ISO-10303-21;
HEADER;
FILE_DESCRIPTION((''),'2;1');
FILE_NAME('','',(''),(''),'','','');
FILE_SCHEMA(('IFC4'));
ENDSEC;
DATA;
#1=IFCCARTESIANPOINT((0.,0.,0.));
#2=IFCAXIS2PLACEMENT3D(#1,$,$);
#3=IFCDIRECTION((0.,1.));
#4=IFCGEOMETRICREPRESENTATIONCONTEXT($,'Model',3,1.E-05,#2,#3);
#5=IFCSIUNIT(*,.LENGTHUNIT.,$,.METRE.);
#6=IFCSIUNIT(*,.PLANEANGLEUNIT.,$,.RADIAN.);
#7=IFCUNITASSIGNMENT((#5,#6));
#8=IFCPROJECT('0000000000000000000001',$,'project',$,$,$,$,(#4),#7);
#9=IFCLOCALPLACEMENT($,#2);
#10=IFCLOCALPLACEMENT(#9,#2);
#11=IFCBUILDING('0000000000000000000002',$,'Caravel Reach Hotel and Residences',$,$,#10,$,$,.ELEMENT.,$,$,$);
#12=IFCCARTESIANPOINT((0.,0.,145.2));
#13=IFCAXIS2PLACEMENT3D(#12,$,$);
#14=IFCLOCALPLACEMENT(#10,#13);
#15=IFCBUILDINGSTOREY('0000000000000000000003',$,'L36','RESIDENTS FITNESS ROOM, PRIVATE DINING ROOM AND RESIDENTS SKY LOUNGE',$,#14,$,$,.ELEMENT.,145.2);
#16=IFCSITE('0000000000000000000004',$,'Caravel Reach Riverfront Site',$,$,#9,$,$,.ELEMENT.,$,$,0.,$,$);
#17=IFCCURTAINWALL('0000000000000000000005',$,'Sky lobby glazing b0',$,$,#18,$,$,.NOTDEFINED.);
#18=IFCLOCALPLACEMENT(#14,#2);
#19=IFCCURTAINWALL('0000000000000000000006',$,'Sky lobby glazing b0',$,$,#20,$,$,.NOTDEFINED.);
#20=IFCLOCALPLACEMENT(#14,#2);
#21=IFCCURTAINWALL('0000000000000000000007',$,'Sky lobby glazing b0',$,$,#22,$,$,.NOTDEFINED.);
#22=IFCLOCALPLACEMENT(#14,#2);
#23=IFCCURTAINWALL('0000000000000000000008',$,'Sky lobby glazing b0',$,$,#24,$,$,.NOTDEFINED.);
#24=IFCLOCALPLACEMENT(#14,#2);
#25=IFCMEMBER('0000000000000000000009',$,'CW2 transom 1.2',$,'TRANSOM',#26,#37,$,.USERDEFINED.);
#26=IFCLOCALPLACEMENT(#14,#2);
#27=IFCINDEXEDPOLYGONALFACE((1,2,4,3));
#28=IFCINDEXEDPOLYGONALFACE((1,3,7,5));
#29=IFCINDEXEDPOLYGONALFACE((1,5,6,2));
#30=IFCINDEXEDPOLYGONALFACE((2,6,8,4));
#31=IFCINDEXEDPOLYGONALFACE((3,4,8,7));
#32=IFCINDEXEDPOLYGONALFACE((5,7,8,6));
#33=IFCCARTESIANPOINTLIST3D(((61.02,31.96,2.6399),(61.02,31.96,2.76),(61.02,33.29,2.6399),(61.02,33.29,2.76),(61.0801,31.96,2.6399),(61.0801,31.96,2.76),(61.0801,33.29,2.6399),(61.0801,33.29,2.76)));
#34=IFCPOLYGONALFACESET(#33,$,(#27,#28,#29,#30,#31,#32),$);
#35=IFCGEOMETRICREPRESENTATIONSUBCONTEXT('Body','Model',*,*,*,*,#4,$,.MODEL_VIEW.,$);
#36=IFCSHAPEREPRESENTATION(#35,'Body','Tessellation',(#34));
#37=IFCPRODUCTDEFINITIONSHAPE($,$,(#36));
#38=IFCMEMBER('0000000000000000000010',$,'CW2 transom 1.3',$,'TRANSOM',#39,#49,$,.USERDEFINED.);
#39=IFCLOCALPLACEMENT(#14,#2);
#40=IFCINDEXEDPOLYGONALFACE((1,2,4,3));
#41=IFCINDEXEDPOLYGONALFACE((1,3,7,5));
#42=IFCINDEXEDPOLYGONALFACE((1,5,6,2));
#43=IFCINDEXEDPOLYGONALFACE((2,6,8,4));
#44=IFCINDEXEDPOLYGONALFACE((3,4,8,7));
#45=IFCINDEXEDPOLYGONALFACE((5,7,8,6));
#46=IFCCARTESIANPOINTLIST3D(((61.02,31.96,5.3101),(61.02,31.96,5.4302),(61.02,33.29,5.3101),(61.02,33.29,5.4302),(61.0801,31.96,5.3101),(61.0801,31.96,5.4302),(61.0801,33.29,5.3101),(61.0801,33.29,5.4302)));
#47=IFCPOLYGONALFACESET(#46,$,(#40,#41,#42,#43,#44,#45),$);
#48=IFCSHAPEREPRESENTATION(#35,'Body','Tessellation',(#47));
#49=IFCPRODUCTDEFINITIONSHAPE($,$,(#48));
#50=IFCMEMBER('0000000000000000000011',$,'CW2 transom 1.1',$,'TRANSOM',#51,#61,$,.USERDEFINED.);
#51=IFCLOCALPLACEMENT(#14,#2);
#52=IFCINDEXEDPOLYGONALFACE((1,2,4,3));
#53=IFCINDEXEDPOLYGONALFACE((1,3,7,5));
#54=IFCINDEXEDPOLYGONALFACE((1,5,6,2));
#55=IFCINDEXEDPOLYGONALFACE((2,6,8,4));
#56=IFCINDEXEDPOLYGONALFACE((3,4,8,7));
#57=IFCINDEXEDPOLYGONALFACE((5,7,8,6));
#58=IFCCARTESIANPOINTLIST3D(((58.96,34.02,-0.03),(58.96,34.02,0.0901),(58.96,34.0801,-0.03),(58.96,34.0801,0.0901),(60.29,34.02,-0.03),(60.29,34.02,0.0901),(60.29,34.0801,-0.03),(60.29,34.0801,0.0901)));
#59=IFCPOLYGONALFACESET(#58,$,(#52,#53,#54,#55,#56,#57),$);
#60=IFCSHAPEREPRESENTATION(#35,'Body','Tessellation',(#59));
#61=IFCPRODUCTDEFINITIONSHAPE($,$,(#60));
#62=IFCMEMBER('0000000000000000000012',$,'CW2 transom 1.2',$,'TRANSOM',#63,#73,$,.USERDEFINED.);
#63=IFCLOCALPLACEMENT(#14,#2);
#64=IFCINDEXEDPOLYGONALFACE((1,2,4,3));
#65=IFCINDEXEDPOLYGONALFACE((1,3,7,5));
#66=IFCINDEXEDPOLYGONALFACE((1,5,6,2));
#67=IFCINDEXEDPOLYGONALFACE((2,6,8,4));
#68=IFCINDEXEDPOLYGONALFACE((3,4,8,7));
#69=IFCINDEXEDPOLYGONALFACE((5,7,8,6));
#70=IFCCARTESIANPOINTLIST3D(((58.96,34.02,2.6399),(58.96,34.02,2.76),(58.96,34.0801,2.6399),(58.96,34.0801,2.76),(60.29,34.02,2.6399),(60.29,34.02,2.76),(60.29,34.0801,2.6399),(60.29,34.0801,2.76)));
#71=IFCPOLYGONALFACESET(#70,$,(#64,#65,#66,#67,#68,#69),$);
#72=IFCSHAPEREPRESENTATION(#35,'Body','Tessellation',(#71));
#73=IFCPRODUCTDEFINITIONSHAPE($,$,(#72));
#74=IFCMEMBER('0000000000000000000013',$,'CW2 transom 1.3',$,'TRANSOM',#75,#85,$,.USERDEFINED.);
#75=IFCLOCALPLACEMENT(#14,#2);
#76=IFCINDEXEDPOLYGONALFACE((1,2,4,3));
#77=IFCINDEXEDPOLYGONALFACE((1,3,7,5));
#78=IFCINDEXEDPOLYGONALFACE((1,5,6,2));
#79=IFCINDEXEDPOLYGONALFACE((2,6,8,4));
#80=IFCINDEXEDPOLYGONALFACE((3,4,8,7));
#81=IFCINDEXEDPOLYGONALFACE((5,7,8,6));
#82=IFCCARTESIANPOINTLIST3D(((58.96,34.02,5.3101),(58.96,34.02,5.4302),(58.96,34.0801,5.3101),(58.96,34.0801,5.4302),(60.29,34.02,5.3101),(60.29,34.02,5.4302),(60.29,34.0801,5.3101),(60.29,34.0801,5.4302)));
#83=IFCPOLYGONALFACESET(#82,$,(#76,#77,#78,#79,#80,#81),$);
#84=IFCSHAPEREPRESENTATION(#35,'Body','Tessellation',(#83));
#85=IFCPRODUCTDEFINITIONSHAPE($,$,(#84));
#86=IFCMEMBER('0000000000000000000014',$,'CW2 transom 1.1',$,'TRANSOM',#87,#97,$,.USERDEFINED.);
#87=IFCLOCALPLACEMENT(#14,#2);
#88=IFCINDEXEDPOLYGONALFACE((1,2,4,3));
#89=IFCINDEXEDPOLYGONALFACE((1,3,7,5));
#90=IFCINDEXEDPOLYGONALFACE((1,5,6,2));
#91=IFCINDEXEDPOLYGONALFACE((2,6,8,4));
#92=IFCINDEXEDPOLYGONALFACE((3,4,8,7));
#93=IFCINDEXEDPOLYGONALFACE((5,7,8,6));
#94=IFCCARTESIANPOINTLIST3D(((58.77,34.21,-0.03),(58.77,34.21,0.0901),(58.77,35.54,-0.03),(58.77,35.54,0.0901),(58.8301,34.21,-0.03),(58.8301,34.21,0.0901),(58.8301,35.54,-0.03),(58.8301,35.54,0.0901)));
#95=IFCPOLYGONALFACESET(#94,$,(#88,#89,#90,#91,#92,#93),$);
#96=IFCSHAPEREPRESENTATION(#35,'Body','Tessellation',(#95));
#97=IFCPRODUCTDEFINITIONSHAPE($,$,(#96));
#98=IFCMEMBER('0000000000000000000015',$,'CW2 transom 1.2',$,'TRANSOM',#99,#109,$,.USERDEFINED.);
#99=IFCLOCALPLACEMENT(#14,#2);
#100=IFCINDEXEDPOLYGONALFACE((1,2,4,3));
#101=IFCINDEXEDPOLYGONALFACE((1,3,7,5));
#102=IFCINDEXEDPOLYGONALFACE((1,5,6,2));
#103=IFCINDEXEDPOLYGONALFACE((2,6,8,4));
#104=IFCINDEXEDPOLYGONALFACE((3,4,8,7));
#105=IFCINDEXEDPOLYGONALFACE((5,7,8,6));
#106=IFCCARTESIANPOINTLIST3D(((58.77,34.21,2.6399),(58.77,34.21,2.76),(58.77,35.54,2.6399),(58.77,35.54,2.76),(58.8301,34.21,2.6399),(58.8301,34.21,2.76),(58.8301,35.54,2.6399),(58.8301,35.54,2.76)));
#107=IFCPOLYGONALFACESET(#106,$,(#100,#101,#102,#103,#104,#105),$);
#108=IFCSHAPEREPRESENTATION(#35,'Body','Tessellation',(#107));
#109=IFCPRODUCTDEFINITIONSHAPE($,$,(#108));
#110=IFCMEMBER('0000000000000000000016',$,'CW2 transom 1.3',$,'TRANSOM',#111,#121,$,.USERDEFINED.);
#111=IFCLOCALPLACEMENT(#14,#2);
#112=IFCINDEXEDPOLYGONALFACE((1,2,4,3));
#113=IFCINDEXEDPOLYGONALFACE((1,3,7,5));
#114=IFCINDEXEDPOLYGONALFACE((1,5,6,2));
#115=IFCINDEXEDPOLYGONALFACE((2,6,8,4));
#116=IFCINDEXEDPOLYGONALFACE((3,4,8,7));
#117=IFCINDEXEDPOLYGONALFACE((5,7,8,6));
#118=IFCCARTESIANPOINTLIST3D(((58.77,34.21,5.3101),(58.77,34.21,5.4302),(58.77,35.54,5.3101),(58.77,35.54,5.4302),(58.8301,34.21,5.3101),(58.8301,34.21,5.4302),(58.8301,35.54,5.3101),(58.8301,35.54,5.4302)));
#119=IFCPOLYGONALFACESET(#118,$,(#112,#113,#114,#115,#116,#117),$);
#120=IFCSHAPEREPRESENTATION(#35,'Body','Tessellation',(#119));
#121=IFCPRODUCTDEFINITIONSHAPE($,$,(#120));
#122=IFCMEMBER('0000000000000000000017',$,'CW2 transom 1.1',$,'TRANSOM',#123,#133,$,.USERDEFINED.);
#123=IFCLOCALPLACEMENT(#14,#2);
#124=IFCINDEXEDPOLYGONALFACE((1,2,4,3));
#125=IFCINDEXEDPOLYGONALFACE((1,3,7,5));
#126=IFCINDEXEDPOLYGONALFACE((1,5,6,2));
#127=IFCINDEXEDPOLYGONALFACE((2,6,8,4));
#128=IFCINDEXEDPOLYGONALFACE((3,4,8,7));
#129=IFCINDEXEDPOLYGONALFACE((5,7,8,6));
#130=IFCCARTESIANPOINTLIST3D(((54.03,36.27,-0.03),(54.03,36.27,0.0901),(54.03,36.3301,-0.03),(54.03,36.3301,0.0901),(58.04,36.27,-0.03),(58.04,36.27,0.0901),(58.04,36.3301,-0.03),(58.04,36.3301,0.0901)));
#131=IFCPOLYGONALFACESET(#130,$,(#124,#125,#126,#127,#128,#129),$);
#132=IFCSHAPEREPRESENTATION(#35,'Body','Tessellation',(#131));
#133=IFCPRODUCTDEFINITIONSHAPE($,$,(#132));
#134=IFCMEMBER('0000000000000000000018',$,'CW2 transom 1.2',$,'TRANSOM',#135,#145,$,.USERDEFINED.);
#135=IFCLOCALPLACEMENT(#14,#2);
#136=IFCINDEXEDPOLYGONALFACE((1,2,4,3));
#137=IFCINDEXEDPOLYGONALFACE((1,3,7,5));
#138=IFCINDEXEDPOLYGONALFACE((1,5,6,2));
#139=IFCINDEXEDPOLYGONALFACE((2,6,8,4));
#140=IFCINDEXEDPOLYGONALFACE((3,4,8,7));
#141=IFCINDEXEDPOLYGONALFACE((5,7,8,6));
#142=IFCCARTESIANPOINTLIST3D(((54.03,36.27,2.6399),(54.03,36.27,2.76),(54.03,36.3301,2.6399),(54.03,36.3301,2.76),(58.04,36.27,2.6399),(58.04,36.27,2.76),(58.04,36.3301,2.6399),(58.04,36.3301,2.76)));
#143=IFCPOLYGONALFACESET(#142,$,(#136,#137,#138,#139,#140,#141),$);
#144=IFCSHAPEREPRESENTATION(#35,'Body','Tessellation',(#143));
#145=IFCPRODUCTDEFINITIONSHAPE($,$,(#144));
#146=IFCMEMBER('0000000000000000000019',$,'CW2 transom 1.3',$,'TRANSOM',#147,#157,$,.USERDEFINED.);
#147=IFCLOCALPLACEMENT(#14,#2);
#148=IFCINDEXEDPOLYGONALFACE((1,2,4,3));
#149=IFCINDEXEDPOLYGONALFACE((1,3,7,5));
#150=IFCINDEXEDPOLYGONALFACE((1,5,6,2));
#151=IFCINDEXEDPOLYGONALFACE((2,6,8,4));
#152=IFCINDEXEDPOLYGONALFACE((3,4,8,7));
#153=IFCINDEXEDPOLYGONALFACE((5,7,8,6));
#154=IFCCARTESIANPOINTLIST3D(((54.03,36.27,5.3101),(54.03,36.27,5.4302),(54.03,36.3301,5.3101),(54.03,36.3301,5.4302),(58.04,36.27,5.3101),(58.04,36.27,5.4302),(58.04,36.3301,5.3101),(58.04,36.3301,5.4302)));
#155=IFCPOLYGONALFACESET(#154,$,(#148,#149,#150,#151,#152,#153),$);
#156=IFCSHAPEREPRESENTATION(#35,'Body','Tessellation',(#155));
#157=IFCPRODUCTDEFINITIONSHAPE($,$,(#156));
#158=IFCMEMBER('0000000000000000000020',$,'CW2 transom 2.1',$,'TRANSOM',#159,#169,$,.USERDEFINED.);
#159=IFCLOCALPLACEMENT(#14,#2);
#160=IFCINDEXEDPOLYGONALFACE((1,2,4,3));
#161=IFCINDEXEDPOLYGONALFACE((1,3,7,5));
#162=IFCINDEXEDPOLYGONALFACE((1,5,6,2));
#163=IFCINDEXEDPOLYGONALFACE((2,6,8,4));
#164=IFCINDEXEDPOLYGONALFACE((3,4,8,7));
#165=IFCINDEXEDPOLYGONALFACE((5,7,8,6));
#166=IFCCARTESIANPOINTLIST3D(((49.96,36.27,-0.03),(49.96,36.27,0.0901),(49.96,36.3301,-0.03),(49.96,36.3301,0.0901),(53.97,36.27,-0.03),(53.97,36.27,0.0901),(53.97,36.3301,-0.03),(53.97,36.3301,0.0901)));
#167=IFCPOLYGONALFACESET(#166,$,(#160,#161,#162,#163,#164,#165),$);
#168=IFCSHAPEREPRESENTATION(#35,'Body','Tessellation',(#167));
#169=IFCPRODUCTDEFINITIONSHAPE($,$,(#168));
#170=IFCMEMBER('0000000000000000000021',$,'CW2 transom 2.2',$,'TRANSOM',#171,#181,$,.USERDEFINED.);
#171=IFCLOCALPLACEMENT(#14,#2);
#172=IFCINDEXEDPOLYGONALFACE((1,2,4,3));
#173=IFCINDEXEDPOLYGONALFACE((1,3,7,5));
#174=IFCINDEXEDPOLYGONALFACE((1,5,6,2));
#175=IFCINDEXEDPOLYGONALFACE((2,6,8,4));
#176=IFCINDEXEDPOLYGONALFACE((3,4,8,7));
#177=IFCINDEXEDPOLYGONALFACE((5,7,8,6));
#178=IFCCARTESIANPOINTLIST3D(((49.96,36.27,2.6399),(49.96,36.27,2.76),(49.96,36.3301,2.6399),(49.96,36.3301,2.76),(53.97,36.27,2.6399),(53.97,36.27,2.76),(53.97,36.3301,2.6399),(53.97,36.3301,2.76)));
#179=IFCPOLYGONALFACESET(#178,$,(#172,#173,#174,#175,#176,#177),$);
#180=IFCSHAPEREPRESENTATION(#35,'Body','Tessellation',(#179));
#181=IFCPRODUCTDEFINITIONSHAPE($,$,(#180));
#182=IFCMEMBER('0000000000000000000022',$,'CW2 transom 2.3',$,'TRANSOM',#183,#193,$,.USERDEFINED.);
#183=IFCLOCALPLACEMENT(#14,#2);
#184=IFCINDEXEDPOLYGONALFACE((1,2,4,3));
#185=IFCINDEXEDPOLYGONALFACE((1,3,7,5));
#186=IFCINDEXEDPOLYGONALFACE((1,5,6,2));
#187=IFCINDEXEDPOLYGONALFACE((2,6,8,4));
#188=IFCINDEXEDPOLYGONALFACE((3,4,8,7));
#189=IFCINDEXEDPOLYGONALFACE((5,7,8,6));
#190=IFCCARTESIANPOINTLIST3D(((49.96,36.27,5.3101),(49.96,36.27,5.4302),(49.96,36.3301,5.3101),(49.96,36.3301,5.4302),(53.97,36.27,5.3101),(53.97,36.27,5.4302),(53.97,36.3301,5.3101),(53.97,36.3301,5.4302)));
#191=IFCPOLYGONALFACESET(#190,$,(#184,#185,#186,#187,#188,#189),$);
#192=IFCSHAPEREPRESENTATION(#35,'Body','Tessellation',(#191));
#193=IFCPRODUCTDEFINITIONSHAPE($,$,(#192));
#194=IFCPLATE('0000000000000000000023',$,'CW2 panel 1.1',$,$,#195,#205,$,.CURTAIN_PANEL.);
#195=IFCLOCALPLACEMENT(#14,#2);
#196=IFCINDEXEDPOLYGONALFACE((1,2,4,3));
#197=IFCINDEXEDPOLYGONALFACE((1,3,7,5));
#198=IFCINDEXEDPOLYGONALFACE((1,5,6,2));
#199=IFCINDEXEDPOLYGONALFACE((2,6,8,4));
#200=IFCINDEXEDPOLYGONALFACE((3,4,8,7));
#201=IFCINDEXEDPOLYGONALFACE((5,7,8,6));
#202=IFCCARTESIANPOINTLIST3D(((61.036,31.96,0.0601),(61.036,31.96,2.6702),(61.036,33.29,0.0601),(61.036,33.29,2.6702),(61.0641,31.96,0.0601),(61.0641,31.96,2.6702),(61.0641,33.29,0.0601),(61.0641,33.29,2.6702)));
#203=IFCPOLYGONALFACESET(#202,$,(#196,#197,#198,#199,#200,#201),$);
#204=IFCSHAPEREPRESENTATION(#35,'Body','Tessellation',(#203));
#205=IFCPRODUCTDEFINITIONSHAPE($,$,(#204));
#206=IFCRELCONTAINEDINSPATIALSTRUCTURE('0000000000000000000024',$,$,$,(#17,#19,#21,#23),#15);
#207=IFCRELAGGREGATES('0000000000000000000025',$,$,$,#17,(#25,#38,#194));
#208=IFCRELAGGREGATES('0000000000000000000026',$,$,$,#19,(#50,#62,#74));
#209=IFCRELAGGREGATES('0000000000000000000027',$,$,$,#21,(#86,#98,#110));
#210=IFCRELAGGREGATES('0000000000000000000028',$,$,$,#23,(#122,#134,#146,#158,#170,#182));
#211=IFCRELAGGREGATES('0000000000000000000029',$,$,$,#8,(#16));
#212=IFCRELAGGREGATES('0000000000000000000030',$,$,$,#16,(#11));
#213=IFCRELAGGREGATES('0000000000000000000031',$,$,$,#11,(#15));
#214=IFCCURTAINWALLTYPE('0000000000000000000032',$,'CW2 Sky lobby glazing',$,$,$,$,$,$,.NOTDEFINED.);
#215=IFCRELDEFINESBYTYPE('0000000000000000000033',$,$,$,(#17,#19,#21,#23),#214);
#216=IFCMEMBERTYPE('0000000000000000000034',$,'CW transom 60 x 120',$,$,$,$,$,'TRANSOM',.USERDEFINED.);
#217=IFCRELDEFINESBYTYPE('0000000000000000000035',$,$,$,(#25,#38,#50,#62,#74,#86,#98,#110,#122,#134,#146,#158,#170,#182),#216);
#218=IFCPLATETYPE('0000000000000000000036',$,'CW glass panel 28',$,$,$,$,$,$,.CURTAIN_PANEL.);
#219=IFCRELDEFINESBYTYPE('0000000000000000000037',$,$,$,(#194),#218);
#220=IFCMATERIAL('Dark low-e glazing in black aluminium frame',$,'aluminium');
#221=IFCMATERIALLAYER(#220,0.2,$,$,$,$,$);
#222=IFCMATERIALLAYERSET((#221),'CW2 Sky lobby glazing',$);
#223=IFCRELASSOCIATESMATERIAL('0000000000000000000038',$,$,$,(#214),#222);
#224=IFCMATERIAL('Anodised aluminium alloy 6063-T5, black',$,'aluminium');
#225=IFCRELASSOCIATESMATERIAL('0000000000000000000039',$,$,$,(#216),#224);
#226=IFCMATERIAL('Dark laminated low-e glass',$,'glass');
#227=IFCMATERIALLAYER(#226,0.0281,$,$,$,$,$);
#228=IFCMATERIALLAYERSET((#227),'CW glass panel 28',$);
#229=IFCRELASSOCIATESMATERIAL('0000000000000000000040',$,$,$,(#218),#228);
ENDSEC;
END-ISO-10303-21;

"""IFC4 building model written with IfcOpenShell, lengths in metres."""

from ifc_helpers import new_model, si_unit, direction, frame, origin, origin_2d, place, context, subcontext, project, spatial, rectangle, extrude, material, layer, layer_set, material_profile, profile_set, type_object, element, aggregate, save


model = new_model("IFC4")

# Units and contexts
model_context = context("Model", 3, precision=1e-05, world=origin(), true_north=direction((0.0, 1.0)))
body_context = subcontext(model_context, "Body", "Model", "MODEL_VIEW")
ifc_project = project(units=[si_unit("LENGTHUNIT", "METRE"), si_unit("PLANEANGLEUNIT", "RADIAN")], contexts=[model_context])

# Site, building, storey
site_placement = place(None, origin())
site = spatial("IfcSite", under=ifc_project, at=site_placement, Name="Caravel Reach Riverfront Site", CompositionType="ELEMENT", RefElevation=0.0)
building_placement = place(site_placement, origin())
building = spatial("IfcBuilding", under=site, at=building_placement, Name="Caravel Reach Hotel and Residences", CompositionType="ELEMENT")
storey_placement = place(building_placement, frame((0.0, 0.0, 145.2)))
storey = spatial("IfcBuildingStorey", under=building, at=storey_placement, Name="L36", Description="RESIDENTS FITNESS ROOM, PRIVATE DINING ROOM AND RESIDENTS SKY LOUNGE", CompositionType="ELEMENT", Elevation=145.2)

# Shared definitions
ifc_material_1 = material(Name="Dark low-e glazing in black aluminium frame", Category="aluminium")
ifc_layer_1 = layer(ifc_material_1, 0.2)
ifc_layer_set_1 = layer_set([ifc_layer_1], Name="CW2 Sky lobby glazing")
curtain_wall_type = type_object("IfcCurtainWallType", Name="CW2 Sky lobby glazing", PredefinedType="NOTDEFINED", material=ifc_layer_set_1)

# Curtain walls
curtain_wall_1_placement = place(storey_placement, origin())
curtain_wall_1 = element("IfcCurtainWall", 1, at=curtain_wall_1_placement, inside=storey, type_object=curtain_wall_type, Name="Sky lobby glazing b0", PredefinedType="NOTDEFINED")
curtain_wall_2_placement = place(storey_placement, origin())
curtain_wall_2 = element("IfcCurtainWall", 2, at=curtain_wall_2_placement, inside=storey, type_object=curtain_wall_type, Name="Sky lobby glazing b0", PredefinedType="NOTDEFINED")
curtain_wall_3_placement = place(storey_placement, origin())
curtain_wall_3 = element("IfcCurtainWall", 3, at=curtain_wall_3_placement, inside=storey, type_object=curtain_wall_type, Name="Sky lobby glazing b0", PredefinedType="NOTDEFINED")
curtain_wall_4_placement = place(storey_placement, origin())
curtain_wall_4 = element("IfcCurtainWall", 4, at=curtain_wall_4_placement, inside=storey, type_object=curtain_wall_type, Name="Sky lobby glazing b0", PredefinedType="NOTDEFINED")

# Members
ifc_material_2 = material(Name="Anodised aluminium alloy 6063-T5, black", Category="aluminium")
ifc_material_profile_1 = material_profile(ifc_material_2, rectangle(XDim=0.0601, YDim=0.1201, at=origin_2d()), Name="CW transom 60 x 120")
ifc_profile_set_1 = profile_set([ifc_material_profile_1], Name="Anodised aluminium alloy 6063-T5, black")
member_type_1 = type_object("IfcMemberType", Name="CW transom 60 x 120", ElementType="TRANSOM", PredefinedType="USERDEFINED", material=ifc_profile_set_1)
member_1_placement = place(storey_placement, frame((61.05, 31.96, 2.7), z_axis=(0.0, 1.0, 0.0), x_axis=(-1.0, 0.0, 0.0)))
member_1 = element("IfcMember", 5, at=member_1_placement, type_object=member_type_1, Name="CW2 transom 1.2", ObjectType="TRANSOM", PredefinedType="USERDEFINED", context=body_context, shape_type="SweptSolid", body=[
    extrude(rectangle(XDim=0.0601, YDim=0.1201, at=origin_2d()), origin(), (0.0, 0.0, 1.0), 1.3301),
])
member_2_placement = place(storey_placement, frame((61.05, 31.96, 5.3701), z_axis=(0.0, 1.0, 0.0), x_axis=(-1.0, 0.0, 0.0)))
member_2 = element("IfcMember", 6, at=member_2_placement, type_object=member_type_1, Name="CW2 transom 1.3", ObjectType="TRANSOM", PredefinedType="USERDEFINED", context=body_context, shape_type="SweptSolid", body=[
    extrude(rectangle(XDim=0.0601, YDim=0.1201, at=origin_2d()), origin(), (0.0, 0.0, 1.0), 1.3301),
])
member_3_placement = place(storey_placement, frame((60.29, 34.05, 0.03), z_axis=(-1.0, 0.0, 0.0), x_axis=(0.0, -1.0, 0.0)))
member_3 = element("IfcMember", 7, at=member_3_placement, type_object=member_type_1, Name="CW2 transom 1.1", ObjectType="TRANSOM", PredefinedType="USERDEFINED", context=body_context, shape_type="SweptSolid", body=[
    extrude(rectangle(XDim=0.0601, YDim=0.1201, at=origin_2d()), origin(), (0.0, 0.0, 1.0), 1.3301),
])
member_4_placement = place(storey_placement, frame((60.29, 34.05, 2.7), z_axis=(-1.0, 0.0, 0.0), x_axis=(0.0, -1.0, 0.0)))
member_4 = element("IfcMember", 8, at=member_4_placement, type_object=member_type_1, Name="CW2 transom 1.2", ObjectType="TRANSOM", PredefinedType="USERDEFINED", context=body_context, shape_type="SweptSolid", body=[
    extrude(rectangle(XDim=0.0601, YDim=0.1201, at=origin_2d()), origin(), (0.0, 0.0, 1.0), 1.3301),
])
member_5_placement = place(storey_placement, frame((60.29, 34.05, 5.3701), z_axis=(-1.0, 0.0, 0.0), x_axis=(0.0, -1.0, 0.0)))
member_5 = element("IfcMember", 9, at=member_5_placement, type_object=member_type_1, Name="CW2 transom 1.3", ObjectType="TRANSOM", PredefinedType="USERDEFINED", context=body_context, shape_type="SweptSolid", body=[
    extrude(rectangle(XDim=0.0601, YDim=0.1201, at=origin_2d()), origin(), (0.0, 0.0, 1.0), 1.3301),
])
member_6_placement = place(storey_placement, frame((58.8, 34.21, 0.03), z_axis=(0.0, 1.0, 0.0), x_axis=(-1.0, 0.0, 0.0)))
member_6 = element("IfcMember", 10, at=member_6_placement, type_object=member_type_1, Name="CW2 transom 1.1", ObjectType="TRANSOM", PredefinedType="USERDEFINED", context=body_context, shape_type="SweptSolid", body=[
    extrude(rectangle(XDim=0.0601, YDim=0.1201, at=origin_2d()), origin(), (0.0, 0.0, 1.0), 1.3301),
])
member_7_placement = place(storey_placement, frame((58.8, 34.21, 2.7), z_axis=(0.0, 1.0, 0.0), x_axis=(-1.0, 0.0, 0.0)))
member_7 = element("IfcMember", 11, at=member_7_placement, type_object=member_type_1, Name="CW2 transom 1.2", ObjectType="TRANSOM", PredefinedType="USERDEFINED", context=body_context, shape_type="SweptSolid", body=[
    extrude(rectangle(XDim=0.0601, YDim=0.1201, at=origin_2d()), origin(), (0.0, 0.0, 1.0), 1.3301),
])
member_8_placement = place(storey_placement, frame((58.8, 34.21, 5.3701), z_axis=(0.0, 1.0, 0.0), x_axis=(-1.0, 0.0, 0.0)))
member_8 = element("IfcMember", 12, at=member_8_placement, type_object=member_type_1, Name="CW2 transom 1.3", ObjectType="TRANSOM", PredefinedType="USERDEFINED", context=body_context, shape_type="SweptSolid", body=[
    extrude(rectangle(XDim=0.0601, YDim=0.1201, at=origin_2d()), origin(), (0.0, 0.0, 1.0), 1.3301),
])
member_9_placement = place(storey_placement, frame((58.04, 36.3, 0.03), z_axis=(-1.0, 0.0, 0.0), x_axis=(0.0, -1.0, 0.0)))
member_9 = element("IfcMember", 13, at=member_9_placement, type_object=member_type_1, Name="CW2 transom 1.1", ObjectType="TRANSOM", PredefinedType="USERDEFINED", context=body_context, shape_type="SweptSolid", body=[
    extrude(rectangle(XDim=0.0601, YDim=0.1201, at=origin_2d()), origin(), (0.0, 0.0, 1.0), 4.01),
])
member_10_placement = place(storey_placement, frame((58.04, 36.3, 2.7), z_axis=(-1.0, 0.0, 0.0), x_axis=(0.0, -1.0, 0.0)))
member_10 = element("IfcMember", 14, at=member_10_placement, type_object=member_type_1, Name="CW2 transom 1.2", ObjectType="TRANSOM", PredefinedType="USERDEFINED", context=body_context, shape_type="SweptSolid", body=[
    extrude(rectangle(XDim=0.0601, YDim=0.1201, at=origin_2d()), origin(), (0.0, 0.0, 1.0), 4.01),
])
member_11_placement = place(storey_placement, frame((58.04, 36.3, 5.3701), z_axis=(-1.0, 0.0, 0.0), x_axis=(0.0, -1.0, 0.0)))
member_11 = element("IfcMember", 15, at=member_11_placement, type_object=member_type_1, Name="CW2 transom 1.3", ObjectType="TRANSOM", PredefinedType="USERDEFINED", context=body_context, shape_type="SweptSolid", body=[
    extrude(rectangle(XDim=0.0601, YDim=0.1201, at=origin_2d()), origin(), (0.0, 0.0, 1.0), 4.01),
])
member_12_placement = place(storey_placement, frame((53.97, 36.3, 0.03), z_axis=(-1.0, 0.0, 0.0), x_axis=(0.0, -1.0, 0.0)))
member_12 = element("IfcMember", 16, at=member_12_placement, type_object=member_type_1, Name="CW2 transom 2.1", ObjectType="TRANSOM", PredefinedType="USERDEFINED", context=body_context, shape_type="SweptSolid", body=[
    extrude(rectangle(XDim=0.0601, YDim=0.1201, at=origin_2d()), origin(), (0.0, 0.0, 1.0), 4.01),
])
member_13_placement = place(storey_placement, frame((53.97, 36.3, 2.7), z_axis=(-1.0, 0.0, 0.0), x_axis=(0.0, -1.0, 0.0)))
member_13 = element("IfcMember", 17, at=member_13_placement, type_object=member_type_1, Name="CW2 transom 2.2", ObjectType="TRANSOM", PredefinedType="USERDEFINED", context=body_context, shape_type="SweptSolid", body=[
    extrude(rectangle(XDim=0.0601, YDim=0.1201, at=origin_2d()), origin(), (0.0, 0.0, 1.0), 4.01),
])
member_14_placement = place(storey_placement, frame((53.97, 36.3, 5.3701), z_axis=(-1.0, 0.0, 0.0), x_axis=(0.0, -1.0, 0.0)))
member_14 = element("IfcMember", 18, at=member_14_placement, type_object=member_type_1, Name="CW2 transom 2.3", ObjectType="TRANSOM", PredefinedType="USERDEFINED", context=body_context, shape_type="SweptSolid", body=[
    extrude(rectangle(XDim=0.0601, YDim=0.1201, at=origin_2d()), origin(), (0.0, 0.0, 1.0), 4.01),
])

# Plate
ifc_material_3 = material(Name="Dark laminated low-e glass", Category="glass")
ifc_layer_2 = layer(ifc_material_3, 0.0281)
ifc_layer_set_2 = layer_set([ifc_layer_2], Name="CW glass panel 28")
plate_type = type_object("IfcPlateType", Name="CW glass panel 28", PredefinedType="CURTAIN_PANEL", material=ifc_layer_set_2)
plate_1_placement = place(storey_placement, frame((61.05, 32.625, 0.0601), z_axis=(0.0, 0.0, 1.0), x_axis=(0.0, 1.0, 0.0)))
plate_1 = element("IfcPlate", 19, at=plate_1_placement, type_object=plate_type, Name="CW2 panel 1.1", PredefinedType="CURTAIN_PANEL", context=body_context, shape_type="SweptSolid", body=[
    extrude(rectangle(XDim=1.3301, YDim=0.0281, at=origin_2d()), origin(), (0.0, 0.0, 1.0), 2.6101),
])
aggregate(curtain_wall_1, [member_1, member_2, plate_1])
aggregate(curtain_wall_2, [member_3, member_4, member_5])
aggregate(curtain_wall_3, [member_6, member_7, member_8])
aggregate(curtain_wall_4, [member_9, member_10, member_11, member_12, member_13, member_14])

save(model, "model.ifc")
